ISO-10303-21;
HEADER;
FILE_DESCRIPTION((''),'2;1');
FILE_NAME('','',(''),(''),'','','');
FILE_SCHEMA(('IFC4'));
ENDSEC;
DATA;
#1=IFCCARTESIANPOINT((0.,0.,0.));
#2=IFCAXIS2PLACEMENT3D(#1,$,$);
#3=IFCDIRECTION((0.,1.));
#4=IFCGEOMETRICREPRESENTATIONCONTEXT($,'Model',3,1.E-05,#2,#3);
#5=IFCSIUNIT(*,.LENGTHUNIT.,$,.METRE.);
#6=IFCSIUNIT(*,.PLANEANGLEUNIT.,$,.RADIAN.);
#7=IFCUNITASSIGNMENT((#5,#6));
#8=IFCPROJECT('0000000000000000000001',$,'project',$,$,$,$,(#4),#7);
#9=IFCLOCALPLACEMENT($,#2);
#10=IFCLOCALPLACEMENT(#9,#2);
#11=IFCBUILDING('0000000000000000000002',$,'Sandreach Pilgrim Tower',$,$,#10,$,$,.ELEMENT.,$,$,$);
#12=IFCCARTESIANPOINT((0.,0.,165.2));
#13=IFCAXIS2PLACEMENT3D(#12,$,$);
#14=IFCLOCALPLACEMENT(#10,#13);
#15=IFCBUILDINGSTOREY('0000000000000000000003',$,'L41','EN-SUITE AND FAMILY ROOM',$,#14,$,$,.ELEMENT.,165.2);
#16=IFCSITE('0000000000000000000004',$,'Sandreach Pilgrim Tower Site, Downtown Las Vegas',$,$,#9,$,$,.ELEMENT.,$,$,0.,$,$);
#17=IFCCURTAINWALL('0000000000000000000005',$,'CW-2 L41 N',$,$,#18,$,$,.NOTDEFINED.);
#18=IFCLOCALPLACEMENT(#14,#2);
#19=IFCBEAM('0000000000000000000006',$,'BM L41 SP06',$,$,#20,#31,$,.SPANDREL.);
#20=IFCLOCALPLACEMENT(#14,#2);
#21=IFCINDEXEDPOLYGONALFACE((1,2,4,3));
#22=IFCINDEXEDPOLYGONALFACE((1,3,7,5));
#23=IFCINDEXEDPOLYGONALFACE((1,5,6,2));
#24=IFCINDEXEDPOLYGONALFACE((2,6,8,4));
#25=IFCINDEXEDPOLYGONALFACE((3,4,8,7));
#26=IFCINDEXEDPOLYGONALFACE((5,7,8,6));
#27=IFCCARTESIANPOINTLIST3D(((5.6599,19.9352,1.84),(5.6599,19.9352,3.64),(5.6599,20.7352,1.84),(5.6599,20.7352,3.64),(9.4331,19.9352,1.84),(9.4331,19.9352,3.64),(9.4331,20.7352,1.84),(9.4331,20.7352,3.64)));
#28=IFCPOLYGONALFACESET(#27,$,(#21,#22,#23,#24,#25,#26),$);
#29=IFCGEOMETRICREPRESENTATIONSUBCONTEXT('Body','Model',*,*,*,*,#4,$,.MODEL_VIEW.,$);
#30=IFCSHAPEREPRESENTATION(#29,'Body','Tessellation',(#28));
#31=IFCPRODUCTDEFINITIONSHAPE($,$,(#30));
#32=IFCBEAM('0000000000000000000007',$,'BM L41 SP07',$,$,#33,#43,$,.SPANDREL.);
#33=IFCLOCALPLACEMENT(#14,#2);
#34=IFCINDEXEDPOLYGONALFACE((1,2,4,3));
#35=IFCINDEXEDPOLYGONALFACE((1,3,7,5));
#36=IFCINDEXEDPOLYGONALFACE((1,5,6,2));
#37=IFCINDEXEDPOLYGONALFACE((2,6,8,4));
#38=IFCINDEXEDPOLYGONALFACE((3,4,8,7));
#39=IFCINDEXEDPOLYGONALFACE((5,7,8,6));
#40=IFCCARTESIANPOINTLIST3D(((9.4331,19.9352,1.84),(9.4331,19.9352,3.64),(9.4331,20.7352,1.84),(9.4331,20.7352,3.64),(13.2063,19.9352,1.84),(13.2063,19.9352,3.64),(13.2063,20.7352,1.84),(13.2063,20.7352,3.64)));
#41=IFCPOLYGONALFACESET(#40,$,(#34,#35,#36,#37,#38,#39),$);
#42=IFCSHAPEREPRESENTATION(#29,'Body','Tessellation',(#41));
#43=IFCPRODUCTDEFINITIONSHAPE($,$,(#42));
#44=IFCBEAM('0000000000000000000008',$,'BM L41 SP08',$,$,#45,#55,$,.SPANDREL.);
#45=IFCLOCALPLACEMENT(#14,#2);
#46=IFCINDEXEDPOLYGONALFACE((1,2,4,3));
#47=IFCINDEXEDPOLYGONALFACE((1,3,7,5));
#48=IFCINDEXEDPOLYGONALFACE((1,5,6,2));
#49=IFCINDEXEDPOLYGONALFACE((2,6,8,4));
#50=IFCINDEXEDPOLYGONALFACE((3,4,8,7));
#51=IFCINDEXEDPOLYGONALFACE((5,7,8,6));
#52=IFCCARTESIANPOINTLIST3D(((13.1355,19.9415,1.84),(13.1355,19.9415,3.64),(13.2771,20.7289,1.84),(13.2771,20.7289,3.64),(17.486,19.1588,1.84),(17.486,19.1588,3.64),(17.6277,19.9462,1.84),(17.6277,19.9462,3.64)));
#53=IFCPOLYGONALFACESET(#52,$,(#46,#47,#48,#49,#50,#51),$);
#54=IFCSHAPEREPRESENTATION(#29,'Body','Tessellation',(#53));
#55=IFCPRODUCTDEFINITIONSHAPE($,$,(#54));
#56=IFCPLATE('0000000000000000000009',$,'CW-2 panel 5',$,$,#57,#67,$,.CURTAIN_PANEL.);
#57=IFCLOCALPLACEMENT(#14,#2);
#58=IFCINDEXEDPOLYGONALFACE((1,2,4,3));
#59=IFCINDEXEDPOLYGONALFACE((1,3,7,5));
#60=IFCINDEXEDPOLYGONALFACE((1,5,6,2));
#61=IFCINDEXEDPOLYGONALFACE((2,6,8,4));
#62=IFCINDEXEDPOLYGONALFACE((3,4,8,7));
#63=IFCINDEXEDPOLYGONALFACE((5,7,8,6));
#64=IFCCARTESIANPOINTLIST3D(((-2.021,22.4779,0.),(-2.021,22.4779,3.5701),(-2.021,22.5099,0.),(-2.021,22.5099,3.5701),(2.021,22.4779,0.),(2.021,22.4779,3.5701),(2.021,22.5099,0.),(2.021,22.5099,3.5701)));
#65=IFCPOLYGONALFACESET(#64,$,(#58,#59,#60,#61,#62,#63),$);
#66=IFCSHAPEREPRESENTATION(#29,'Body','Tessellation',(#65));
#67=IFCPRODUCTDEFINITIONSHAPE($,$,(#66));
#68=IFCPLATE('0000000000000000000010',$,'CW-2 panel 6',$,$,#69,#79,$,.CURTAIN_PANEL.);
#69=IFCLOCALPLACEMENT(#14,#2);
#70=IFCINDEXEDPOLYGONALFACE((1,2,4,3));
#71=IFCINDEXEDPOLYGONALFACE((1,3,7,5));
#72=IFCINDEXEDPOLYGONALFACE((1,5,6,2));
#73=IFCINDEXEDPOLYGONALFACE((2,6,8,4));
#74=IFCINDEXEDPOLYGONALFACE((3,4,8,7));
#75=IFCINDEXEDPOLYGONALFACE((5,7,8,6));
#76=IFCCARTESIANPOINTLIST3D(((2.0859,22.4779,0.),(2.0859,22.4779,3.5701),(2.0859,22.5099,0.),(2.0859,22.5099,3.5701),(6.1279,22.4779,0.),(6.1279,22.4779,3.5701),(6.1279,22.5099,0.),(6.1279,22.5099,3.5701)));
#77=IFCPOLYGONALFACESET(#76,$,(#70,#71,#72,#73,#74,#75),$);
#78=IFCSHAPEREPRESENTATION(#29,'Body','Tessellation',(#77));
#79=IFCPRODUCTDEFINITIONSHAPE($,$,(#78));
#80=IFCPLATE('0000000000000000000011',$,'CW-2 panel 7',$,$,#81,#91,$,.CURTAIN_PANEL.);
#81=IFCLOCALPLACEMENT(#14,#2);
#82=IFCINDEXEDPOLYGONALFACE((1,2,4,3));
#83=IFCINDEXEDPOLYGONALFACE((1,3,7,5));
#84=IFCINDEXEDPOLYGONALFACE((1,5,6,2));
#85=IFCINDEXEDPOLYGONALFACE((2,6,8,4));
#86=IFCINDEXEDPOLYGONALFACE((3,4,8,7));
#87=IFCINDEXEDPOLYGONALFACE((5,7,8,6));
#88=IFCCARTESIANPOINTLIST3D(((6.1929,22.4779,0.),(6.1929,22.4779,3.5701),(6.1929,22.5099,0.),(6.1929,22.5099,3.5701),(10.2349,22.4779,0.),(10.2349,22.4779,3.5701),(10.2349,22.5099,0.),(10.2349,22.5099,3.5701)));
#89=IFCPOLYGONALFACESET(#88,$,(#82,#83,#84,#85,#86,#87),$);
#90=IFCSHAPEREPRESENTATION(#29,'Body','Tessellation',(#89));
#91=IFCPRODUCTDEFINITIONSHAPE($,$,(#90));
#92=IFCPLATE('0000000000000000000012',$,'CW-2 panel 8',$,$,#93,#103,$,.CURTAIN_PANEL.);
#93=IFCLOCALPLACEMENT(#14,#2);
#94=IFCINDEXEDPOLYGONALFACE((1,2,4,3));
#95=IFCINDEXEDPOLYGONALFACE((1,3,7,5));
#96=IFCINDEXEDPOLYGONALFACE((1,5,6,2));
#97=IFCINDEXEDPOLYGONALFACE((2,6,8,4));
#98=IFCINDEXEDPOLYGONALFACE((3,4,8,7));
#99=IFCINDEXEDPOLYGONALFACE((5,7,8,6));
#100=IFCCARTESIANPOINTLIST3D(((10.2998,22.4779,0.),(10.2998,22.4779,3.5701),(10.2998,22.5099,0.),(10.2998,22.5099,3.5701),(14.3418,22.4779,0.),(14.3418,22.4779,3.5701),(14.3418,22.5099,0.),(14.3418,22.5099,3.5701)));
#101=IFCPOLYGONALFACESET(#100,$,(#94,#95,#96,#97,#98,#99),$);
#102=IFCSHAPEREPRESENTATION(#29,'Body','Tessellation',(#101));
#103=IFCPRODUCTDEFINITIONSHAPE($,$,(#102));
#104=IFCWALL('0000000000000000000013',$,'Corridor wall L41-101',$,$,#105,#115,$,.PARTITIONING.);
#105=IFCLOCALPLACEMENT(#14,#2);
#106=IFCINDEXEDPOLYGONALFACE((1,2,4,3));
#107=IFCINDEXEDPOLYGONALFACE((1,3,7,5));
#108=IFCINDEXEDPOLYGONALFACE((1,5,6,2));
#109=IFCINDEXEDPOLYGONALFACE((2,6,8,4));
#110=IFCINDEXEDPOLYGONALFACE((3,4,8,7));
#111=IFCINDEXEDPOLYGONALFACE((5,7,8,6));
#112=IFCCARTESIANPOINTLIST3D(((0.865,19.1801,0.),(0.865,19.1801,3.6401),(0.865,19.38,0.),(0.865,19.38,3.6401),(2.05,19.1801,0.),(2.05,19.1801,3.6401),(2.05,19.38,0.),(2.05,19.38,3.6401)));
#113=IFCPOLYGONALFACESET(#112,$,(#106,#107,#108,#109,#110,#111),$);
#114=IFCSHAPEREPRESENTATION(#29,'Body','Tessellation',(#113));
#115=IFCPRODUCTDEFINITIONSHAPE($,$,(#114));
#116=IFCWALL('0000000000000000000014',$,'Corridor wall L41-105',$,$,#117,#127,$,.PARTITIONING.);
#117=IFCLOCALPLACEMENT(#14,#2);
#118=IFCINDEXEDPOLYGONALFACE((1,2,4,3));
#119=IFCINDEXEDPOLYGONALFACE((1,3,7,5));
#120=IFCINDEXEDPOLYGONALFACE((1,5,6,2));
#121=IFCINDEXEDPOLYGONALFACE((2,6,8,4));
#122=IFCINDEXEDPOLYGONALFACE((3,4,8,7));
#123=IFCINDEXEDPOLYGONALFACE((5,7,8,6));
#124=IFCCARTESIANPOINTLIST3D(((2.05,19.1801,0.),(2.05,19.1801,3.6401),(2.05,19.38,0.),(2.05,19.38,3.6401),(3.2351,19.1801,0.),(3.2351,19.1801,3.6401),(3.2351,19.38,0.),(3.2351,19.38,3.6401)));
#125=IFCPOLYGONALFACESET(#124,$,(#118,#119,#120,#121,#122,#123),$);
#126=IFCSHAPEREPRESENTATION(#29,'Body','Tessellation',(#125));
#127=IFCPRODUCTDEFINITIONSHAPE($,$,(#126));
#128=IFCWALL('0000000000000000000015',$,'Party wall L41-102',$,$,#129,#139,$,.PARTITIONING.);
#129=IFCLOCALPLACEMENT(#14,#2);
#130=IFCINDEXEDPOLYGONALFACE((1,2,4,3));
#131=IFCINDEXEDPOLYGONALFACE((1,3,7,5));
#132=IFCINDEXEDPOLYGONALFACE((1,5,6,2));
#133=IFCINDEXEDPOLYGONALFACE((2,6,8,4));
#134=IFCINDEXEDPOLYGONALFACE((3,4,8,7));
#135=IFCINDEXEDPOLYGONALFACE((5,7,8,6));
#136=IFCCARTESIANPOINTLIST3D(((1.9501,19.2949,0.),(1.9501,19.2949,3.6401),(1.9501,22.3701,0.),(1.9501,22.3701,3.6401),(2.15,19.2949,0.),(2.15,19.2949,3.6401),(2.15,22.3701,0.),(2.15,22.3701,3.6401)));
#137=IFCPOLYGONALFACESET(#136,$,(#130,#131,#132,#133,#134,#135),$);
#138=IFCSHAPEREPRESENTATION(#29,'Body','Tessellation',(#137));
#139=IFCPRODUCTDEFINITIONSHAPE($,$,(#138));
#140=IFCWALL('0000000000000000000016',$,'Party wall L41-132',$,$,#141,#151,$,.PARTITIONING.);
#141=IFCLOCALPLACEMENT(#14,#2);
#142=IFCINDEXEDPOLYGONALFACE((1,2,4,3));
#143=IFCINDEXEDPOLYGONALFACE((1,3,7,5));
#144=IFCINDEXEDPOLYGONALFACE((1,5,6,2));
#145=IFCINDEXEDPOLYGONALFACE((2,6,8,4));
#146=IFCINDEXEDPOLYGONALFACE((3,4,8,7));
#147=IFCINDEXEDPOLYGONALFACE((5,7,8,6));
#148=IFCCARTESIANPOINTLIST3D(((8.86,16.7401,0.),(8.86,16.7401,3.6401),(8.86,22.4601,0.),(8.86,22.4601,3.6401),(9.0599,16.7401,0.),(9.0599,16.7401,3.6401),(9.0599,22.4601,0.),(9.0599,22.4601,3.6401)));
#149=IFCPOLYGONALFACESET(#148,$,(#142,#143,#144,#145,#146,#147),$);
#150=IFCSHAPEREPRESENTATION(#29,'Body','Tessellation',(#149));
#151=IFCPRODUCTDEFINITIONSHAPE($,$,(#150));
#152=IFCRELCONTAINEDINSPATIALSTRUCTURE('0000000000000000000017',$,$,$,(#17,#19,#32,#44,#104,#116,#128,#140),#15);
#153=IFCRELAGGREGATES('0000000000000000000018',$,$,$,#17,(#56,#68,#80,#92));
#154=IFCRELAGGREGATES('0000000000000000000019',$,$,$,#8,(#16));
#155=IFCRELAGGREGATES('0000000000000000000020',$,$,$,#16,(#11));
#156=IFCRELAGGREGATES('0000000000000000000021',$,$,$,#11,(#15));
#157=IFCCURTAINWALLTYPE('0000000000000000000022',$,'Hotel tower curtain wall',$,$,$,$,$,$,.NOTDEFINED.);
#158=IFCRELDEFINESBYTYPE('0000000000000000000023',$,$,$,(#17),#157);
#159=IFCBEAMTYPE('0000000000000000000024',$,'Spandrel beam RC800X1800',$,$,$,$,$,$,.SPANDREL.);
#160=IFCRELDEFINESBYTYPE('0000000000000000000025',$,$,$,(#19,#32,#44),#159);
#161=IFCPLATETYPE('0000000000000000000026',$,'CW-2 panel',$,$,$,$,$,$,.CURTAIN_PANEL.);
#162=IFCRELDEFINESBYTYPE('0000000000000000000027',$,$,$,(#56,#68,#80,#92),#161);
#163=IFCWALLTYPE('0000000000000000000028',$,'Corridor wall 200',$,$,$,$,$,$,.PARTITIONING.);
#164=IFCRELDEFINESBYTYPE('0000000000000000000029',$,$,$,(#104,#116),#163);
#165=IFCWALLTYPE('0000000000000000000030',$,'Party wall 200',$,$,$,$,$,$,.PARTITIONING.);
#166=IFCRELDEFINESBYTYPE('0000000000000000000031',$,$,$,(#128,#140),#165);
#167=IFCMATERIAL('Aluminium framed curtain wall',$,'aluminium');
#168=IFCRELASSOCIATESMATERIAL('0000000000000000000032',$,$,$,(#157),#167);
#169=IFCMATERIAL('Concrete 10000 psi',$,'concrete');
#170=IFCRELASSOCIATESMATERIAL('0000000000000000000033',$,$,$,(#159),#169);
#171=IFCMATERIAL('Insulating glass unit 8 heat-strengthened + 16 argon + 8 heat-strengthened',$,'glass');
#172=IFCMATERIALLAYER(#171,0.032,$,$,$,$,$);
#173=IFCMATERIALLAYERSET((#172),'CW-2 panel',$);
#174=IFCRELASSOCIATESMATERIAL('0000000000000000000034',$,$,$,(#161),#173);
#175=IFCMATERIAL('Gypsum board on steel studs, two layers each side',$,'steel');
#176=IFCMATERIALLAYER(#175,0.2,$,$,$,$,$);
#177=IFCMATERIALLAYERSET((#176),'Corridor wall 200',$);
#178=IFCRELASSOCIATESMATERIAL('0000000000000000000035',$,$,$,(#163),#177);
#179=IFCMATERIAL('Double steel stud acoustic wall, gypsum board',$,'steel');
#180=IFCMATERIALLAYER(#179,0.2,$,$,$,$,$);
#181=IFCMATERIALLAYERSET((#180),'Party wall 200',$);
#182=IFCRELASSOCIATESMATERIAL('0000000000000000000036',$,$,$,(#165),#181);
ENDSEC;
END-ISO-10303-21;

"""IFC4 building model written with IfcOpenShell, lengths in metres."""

from ifc_helpers import new_model, si_unit, direction, frame, frame_2d, origin, origin_2d, place, context, subcontext, project, spatial, rectangle, extrude, material, layer, layer_set, material_profile, profile_set, type_object, element, aggregate, save


model = new_model("IFC4")

# Units and contexts
model_context = context("Model", 3, precision=1e-05, world=origin(), true_north=direction((0.0, 1.0)))
body_context = subcontext(model_context, "Body", "Model", "MODEL_VIEW")
ifc_project = project(units=[si_unit("LENGTHUNIT", "METRE"), si_unit("PLANEANGLEUNIT", "RADIAN")], contexts=[model_context])

# Site, building, storey
site_placement = place(None, origin())
site = spatial("IfcSite", under=ifc_project, at=site_placement, Name="Sandreach Pilgrim Tower Site, Downtown Las Vegas", CompositionType="ELEMENT", RefElevation=0.0)
building_placement = place(site_placement, origin())
building = spatial("IfcBuilding", under=site, at=building_placement, Name="Sandreach Pilgrim Tower", CompositionType="ELEMENT")
storey_placement = place(building_placement, frame((0.0, 0.0, 165.2)))
storey = spatial("IfcBuildingStorey", under=building, at=storey_placement, Name="L41", Description="EN-SUITE AND FAMILY ROOM", CompositionType="ELEMENT", Elevation=165.2)

# Curtain wall
ifc_material_1 = material(Name="Aluminium framed curtain wall", Category="aluminium")
curtain_wall_type = type_object("IfcCurtainWallType", Name="Hotel tower curtain wall", PredefinedType="NOTDEFINED", material=ifc_material_1)
curtain_wall_placement = place(storey_placement, origin())
curtain_wall = element("IfcCurtainWall", 1, at=curtain_wall_placement, inside=storey, type_object=curtain_wall_type, Name="CW-2 L41 N", PredefinedType="NOTDEFINED")

# Beams
ifc_material_2 = material(Name="Concrete 10000 psi", Category="concrete")
ifc_material_profile_1 = material_profile(ifc_material_2, rectangle(XDim=0.8, YDim=1.8, at=origin_2d()), Name="RC800X1800")
ifc_profile_set_1 = profile_set([ifc_material_profile_1], Name="Concrete 10000 psi")
beam_type_1 = type_object("IfcBeamType", Name="Spandrel beam RC800X1800", PredefinedType="SPANDREL", material=ifc_profile_set_1)
for number, where, z_axis, x_axis, name in (
    (2, (5.6599, 20.3352, 2.74), (1.0, 0.0, 0.0), (0.0, 1.0, 0.0), "BM L41 SP06"),
    (3, (9.4331, 20.3352, 2.74), (1.0, 0.0, 0.0), (0.0, 1.0, 0.0), "BM L41 SP07"),
):
    element("IfcBeam", number, at=place(storey_placement, frame(where, z_axis=z_axis, x_axis=x_axis)), inside=storey, type_object=beam_type_1, Name=name, PredefinedType="SPANDREL", context=body_context, shape_type="SweptSolid", body=[
        extrude(rectangle(XDim=0.8, YDim=1.8, at=origin_2d()), origin(), (0.0, 0.0, 1.0), 3.7732),
    ])
beam_1_placement = place(storey_placement, frame((13.2063, 20.3352, 2.74), z_axis=(0.984199, -0.177067, 0.0), x_axis=(0.177067, 0.984199, 0.0)))
element("IfcBeam", 4, at=beam_1_placement, inside=storey, type_object=beam_type_1, Name="BM L41 SP08", PredefinedType="SPANDREL", context=body_context, shape_type="SweptSolid", body=[
    extrude(rectangle(XDim=0.8, YDim=1.8, at=origin_2d()), origin(), (0.0, 0.0, 1.0), 4.4204),
])

# Plates
ifc_material_3 = material(Name="Insulating glass unit 8 heat-strengthened + 16 argon + 8 heat-strengthened", Category="glass")
ifc_layer_1 = layer(ifc_material_3, 0.032)
ifc_layer_set_1 = layer_set([ifc_layer_1], Name="CW-2 panel")
plate_type = type_object("IfcPlateType", Name="CW-2 panel", PredefinedType="CURTAIN_PANEL", material=ifc_layer_set_1)
plate_1_placement = place(storey_placement, frame((0.0, 22.4939, 0.0), z_axis=(0.0, 0.0, 1.0), x_axis=(1.0, 0.0, 0.0)))
plate_1 = element("IfcPlate", 5, at=plate_1_placement, type_object=plate_type, Name="CW-2 panel 5", PredefinedType="CURTAIN_PANEL", context=body_context, shape_type="SweptSolid", body=[
    extrude(rectangle(XDim=4.042, YDim=0.032, at=origin_2d()), origin(), (0.0, 0.0, 1.0), 3.5701),
])
plate_2_placement = place(storey_placement, frame((4.1069, 22.4939, 0.0), z_axis=(0.0, 0.0, 1.0), x_axis=(1.0, 0.0, 0.0)))
plate_2 = element("IfcPlate", 6, at=plate_2_placement, type_object=plate_type, Name="CW-2 panel 6", PredefinedType="CURTAIN_PANEL", context=body_context, shape_type="SweptSolid", body=[
    extrude(rectangle(XDim=4.042, YDim=0.032, at=origin_2d()), origin(), (0.0, 0.0, 1.0), 3.5701),
])
plate_3_placement = place(storey_placement, frame((8.2139, 22.4939, 0.0), z_axis=(0.0, 0.0, 1.0), x_axis=(1.0, 0.0, 0.0)))
plate_3 = element("IfcPlate", 7, at=plate_3_placement, type_object=plate_type, Name="CW-2 panel 7", PredefinedType="CURTAIN_PANEL", context=body_context, shape_type="SweptSolid", body=[
    extrude(rectangle(XDim=4.042, YDim=0.032, at=origin_2d()), origin(), (0.0, 0.0, 1.0), 3.5701),
])
plate_4_placement = place(storey_placement, frame((12.3208, 22.4939, 0.0), z_axis=(0.0, 0.0, 1.0), x_axis=(1.0, 0.0, 0.0)))
plate_4 = element("IfcPlate", 8, at=plate_4_placement, type_object=plate_type, Name="CW-2 panel 8", PredefinedType="CURTAIN_PANEL", context=body_context, shape_type="SweptSolid", body=[
    extrude(rectangle(XDim=4.042, YDim=0.032, at=origin_2d()), origin(), (0.0, 0.0, 1.0), 3.5701),
])
aggregate(curtain_wall, [plate_1, plate_2, plate_3, plate_4])

# Walls
ifc_material_4 = material(Name="Gypsum board on steel studs, two layers each side", Category="steel")
ifc_layer_2 = layer(ifc_material_4, 0.2)
ifc_layer_set_2 = layer_set([ifc_layer_2], Name="Corridor wall 200")
wall_type_1 = type_object("IfcWallType", Name="Corridor wall 200", PredefinedType="PARTITIONING", material=ifc_layer_set_2)
for number, where, z_axis, x_axis, name in (
    (9, (2.05, 19.28, 0.0), (0.0, 0.0, 1.0), (-1.0, 0.0, 0.0), "Corridor wall L41-101"),
    (10, (3.2351, 19.28, 0.0), (0.0, 0.0, 1.0), (-1.0, 0.0, 0.0), "Corridor wall L41-105"),
):
    element("IfcWall", number, at=place(storey_placement, frame(where, z_axis=z_axis, x_axis=x_axis)), inside=storey, type_object=wall_type_1, Name=name, PredefinedType="PARTITIONING", context=body_context, shape_type="SweptSolid", body=[
        extrude(rectangle(XDim=1.1851, YDim=0.2, at=frame_2d((0.5925, 0.0))), origin(), (0.0, 0.0, 1.0), 3.6401),
    ])
ifc_material_5 = material(Name="Double steel stud acoustic wall, gypsum board", Category="steel")
ifc_layer_3 = layer(ifc_material_5, 0.2)
ifc_layer_set_3 = layer_set([ifc_layer_3], Name="Party wall 200")
wall_type_2 = type_object("IfcWallType", Name="Party wall 200", PredefinedType="PARTITIONING", material=ifc_layer_set_3)
wall_1_placement = place(storey_placement, frame((2.05, 22.3701, 0.0), z_axis=(0.0, 0.0, 1.0), x_axis=(0.0, -1.0, 0.0)))
element("IfcWall", 11, at=wall_1_placement, inside=storey, type_object=wall_type_2, Name="Party wall L41-102", PredefinedType="PARTITIONING", context=body_context, shape_type="SweptSolid", body=[
    extrude(rectangle(XDim=3.0752, YDim=0.2, at=frame_2d((1.5376, 0.0))), origin(), (0.0, 0.0, 1.0), 3.6401),
])
wall_2_placement = place(storey_placement, frame((8.96, 22.46, 0.0), z_axis=(0.0, 0.0, 1.0), x_axis=(0.0, -1.0, 0.0)))
element("IfcWall", 12, at=wall_2_placement, inside=storey, type_object=wall_type_2, Name="Party wall L41-132", PredefinedType="PARTITIONING", context=body_context, shape_type="SweptSolid", body=[
    extrude(rectangle(XDim=5.72, YDim=0.2, at=frame_2d((2.8599, 0.0))), origin(), (0.0, 0.0, 1.0), 3.6401),
])

save(model, "model.ifc")
